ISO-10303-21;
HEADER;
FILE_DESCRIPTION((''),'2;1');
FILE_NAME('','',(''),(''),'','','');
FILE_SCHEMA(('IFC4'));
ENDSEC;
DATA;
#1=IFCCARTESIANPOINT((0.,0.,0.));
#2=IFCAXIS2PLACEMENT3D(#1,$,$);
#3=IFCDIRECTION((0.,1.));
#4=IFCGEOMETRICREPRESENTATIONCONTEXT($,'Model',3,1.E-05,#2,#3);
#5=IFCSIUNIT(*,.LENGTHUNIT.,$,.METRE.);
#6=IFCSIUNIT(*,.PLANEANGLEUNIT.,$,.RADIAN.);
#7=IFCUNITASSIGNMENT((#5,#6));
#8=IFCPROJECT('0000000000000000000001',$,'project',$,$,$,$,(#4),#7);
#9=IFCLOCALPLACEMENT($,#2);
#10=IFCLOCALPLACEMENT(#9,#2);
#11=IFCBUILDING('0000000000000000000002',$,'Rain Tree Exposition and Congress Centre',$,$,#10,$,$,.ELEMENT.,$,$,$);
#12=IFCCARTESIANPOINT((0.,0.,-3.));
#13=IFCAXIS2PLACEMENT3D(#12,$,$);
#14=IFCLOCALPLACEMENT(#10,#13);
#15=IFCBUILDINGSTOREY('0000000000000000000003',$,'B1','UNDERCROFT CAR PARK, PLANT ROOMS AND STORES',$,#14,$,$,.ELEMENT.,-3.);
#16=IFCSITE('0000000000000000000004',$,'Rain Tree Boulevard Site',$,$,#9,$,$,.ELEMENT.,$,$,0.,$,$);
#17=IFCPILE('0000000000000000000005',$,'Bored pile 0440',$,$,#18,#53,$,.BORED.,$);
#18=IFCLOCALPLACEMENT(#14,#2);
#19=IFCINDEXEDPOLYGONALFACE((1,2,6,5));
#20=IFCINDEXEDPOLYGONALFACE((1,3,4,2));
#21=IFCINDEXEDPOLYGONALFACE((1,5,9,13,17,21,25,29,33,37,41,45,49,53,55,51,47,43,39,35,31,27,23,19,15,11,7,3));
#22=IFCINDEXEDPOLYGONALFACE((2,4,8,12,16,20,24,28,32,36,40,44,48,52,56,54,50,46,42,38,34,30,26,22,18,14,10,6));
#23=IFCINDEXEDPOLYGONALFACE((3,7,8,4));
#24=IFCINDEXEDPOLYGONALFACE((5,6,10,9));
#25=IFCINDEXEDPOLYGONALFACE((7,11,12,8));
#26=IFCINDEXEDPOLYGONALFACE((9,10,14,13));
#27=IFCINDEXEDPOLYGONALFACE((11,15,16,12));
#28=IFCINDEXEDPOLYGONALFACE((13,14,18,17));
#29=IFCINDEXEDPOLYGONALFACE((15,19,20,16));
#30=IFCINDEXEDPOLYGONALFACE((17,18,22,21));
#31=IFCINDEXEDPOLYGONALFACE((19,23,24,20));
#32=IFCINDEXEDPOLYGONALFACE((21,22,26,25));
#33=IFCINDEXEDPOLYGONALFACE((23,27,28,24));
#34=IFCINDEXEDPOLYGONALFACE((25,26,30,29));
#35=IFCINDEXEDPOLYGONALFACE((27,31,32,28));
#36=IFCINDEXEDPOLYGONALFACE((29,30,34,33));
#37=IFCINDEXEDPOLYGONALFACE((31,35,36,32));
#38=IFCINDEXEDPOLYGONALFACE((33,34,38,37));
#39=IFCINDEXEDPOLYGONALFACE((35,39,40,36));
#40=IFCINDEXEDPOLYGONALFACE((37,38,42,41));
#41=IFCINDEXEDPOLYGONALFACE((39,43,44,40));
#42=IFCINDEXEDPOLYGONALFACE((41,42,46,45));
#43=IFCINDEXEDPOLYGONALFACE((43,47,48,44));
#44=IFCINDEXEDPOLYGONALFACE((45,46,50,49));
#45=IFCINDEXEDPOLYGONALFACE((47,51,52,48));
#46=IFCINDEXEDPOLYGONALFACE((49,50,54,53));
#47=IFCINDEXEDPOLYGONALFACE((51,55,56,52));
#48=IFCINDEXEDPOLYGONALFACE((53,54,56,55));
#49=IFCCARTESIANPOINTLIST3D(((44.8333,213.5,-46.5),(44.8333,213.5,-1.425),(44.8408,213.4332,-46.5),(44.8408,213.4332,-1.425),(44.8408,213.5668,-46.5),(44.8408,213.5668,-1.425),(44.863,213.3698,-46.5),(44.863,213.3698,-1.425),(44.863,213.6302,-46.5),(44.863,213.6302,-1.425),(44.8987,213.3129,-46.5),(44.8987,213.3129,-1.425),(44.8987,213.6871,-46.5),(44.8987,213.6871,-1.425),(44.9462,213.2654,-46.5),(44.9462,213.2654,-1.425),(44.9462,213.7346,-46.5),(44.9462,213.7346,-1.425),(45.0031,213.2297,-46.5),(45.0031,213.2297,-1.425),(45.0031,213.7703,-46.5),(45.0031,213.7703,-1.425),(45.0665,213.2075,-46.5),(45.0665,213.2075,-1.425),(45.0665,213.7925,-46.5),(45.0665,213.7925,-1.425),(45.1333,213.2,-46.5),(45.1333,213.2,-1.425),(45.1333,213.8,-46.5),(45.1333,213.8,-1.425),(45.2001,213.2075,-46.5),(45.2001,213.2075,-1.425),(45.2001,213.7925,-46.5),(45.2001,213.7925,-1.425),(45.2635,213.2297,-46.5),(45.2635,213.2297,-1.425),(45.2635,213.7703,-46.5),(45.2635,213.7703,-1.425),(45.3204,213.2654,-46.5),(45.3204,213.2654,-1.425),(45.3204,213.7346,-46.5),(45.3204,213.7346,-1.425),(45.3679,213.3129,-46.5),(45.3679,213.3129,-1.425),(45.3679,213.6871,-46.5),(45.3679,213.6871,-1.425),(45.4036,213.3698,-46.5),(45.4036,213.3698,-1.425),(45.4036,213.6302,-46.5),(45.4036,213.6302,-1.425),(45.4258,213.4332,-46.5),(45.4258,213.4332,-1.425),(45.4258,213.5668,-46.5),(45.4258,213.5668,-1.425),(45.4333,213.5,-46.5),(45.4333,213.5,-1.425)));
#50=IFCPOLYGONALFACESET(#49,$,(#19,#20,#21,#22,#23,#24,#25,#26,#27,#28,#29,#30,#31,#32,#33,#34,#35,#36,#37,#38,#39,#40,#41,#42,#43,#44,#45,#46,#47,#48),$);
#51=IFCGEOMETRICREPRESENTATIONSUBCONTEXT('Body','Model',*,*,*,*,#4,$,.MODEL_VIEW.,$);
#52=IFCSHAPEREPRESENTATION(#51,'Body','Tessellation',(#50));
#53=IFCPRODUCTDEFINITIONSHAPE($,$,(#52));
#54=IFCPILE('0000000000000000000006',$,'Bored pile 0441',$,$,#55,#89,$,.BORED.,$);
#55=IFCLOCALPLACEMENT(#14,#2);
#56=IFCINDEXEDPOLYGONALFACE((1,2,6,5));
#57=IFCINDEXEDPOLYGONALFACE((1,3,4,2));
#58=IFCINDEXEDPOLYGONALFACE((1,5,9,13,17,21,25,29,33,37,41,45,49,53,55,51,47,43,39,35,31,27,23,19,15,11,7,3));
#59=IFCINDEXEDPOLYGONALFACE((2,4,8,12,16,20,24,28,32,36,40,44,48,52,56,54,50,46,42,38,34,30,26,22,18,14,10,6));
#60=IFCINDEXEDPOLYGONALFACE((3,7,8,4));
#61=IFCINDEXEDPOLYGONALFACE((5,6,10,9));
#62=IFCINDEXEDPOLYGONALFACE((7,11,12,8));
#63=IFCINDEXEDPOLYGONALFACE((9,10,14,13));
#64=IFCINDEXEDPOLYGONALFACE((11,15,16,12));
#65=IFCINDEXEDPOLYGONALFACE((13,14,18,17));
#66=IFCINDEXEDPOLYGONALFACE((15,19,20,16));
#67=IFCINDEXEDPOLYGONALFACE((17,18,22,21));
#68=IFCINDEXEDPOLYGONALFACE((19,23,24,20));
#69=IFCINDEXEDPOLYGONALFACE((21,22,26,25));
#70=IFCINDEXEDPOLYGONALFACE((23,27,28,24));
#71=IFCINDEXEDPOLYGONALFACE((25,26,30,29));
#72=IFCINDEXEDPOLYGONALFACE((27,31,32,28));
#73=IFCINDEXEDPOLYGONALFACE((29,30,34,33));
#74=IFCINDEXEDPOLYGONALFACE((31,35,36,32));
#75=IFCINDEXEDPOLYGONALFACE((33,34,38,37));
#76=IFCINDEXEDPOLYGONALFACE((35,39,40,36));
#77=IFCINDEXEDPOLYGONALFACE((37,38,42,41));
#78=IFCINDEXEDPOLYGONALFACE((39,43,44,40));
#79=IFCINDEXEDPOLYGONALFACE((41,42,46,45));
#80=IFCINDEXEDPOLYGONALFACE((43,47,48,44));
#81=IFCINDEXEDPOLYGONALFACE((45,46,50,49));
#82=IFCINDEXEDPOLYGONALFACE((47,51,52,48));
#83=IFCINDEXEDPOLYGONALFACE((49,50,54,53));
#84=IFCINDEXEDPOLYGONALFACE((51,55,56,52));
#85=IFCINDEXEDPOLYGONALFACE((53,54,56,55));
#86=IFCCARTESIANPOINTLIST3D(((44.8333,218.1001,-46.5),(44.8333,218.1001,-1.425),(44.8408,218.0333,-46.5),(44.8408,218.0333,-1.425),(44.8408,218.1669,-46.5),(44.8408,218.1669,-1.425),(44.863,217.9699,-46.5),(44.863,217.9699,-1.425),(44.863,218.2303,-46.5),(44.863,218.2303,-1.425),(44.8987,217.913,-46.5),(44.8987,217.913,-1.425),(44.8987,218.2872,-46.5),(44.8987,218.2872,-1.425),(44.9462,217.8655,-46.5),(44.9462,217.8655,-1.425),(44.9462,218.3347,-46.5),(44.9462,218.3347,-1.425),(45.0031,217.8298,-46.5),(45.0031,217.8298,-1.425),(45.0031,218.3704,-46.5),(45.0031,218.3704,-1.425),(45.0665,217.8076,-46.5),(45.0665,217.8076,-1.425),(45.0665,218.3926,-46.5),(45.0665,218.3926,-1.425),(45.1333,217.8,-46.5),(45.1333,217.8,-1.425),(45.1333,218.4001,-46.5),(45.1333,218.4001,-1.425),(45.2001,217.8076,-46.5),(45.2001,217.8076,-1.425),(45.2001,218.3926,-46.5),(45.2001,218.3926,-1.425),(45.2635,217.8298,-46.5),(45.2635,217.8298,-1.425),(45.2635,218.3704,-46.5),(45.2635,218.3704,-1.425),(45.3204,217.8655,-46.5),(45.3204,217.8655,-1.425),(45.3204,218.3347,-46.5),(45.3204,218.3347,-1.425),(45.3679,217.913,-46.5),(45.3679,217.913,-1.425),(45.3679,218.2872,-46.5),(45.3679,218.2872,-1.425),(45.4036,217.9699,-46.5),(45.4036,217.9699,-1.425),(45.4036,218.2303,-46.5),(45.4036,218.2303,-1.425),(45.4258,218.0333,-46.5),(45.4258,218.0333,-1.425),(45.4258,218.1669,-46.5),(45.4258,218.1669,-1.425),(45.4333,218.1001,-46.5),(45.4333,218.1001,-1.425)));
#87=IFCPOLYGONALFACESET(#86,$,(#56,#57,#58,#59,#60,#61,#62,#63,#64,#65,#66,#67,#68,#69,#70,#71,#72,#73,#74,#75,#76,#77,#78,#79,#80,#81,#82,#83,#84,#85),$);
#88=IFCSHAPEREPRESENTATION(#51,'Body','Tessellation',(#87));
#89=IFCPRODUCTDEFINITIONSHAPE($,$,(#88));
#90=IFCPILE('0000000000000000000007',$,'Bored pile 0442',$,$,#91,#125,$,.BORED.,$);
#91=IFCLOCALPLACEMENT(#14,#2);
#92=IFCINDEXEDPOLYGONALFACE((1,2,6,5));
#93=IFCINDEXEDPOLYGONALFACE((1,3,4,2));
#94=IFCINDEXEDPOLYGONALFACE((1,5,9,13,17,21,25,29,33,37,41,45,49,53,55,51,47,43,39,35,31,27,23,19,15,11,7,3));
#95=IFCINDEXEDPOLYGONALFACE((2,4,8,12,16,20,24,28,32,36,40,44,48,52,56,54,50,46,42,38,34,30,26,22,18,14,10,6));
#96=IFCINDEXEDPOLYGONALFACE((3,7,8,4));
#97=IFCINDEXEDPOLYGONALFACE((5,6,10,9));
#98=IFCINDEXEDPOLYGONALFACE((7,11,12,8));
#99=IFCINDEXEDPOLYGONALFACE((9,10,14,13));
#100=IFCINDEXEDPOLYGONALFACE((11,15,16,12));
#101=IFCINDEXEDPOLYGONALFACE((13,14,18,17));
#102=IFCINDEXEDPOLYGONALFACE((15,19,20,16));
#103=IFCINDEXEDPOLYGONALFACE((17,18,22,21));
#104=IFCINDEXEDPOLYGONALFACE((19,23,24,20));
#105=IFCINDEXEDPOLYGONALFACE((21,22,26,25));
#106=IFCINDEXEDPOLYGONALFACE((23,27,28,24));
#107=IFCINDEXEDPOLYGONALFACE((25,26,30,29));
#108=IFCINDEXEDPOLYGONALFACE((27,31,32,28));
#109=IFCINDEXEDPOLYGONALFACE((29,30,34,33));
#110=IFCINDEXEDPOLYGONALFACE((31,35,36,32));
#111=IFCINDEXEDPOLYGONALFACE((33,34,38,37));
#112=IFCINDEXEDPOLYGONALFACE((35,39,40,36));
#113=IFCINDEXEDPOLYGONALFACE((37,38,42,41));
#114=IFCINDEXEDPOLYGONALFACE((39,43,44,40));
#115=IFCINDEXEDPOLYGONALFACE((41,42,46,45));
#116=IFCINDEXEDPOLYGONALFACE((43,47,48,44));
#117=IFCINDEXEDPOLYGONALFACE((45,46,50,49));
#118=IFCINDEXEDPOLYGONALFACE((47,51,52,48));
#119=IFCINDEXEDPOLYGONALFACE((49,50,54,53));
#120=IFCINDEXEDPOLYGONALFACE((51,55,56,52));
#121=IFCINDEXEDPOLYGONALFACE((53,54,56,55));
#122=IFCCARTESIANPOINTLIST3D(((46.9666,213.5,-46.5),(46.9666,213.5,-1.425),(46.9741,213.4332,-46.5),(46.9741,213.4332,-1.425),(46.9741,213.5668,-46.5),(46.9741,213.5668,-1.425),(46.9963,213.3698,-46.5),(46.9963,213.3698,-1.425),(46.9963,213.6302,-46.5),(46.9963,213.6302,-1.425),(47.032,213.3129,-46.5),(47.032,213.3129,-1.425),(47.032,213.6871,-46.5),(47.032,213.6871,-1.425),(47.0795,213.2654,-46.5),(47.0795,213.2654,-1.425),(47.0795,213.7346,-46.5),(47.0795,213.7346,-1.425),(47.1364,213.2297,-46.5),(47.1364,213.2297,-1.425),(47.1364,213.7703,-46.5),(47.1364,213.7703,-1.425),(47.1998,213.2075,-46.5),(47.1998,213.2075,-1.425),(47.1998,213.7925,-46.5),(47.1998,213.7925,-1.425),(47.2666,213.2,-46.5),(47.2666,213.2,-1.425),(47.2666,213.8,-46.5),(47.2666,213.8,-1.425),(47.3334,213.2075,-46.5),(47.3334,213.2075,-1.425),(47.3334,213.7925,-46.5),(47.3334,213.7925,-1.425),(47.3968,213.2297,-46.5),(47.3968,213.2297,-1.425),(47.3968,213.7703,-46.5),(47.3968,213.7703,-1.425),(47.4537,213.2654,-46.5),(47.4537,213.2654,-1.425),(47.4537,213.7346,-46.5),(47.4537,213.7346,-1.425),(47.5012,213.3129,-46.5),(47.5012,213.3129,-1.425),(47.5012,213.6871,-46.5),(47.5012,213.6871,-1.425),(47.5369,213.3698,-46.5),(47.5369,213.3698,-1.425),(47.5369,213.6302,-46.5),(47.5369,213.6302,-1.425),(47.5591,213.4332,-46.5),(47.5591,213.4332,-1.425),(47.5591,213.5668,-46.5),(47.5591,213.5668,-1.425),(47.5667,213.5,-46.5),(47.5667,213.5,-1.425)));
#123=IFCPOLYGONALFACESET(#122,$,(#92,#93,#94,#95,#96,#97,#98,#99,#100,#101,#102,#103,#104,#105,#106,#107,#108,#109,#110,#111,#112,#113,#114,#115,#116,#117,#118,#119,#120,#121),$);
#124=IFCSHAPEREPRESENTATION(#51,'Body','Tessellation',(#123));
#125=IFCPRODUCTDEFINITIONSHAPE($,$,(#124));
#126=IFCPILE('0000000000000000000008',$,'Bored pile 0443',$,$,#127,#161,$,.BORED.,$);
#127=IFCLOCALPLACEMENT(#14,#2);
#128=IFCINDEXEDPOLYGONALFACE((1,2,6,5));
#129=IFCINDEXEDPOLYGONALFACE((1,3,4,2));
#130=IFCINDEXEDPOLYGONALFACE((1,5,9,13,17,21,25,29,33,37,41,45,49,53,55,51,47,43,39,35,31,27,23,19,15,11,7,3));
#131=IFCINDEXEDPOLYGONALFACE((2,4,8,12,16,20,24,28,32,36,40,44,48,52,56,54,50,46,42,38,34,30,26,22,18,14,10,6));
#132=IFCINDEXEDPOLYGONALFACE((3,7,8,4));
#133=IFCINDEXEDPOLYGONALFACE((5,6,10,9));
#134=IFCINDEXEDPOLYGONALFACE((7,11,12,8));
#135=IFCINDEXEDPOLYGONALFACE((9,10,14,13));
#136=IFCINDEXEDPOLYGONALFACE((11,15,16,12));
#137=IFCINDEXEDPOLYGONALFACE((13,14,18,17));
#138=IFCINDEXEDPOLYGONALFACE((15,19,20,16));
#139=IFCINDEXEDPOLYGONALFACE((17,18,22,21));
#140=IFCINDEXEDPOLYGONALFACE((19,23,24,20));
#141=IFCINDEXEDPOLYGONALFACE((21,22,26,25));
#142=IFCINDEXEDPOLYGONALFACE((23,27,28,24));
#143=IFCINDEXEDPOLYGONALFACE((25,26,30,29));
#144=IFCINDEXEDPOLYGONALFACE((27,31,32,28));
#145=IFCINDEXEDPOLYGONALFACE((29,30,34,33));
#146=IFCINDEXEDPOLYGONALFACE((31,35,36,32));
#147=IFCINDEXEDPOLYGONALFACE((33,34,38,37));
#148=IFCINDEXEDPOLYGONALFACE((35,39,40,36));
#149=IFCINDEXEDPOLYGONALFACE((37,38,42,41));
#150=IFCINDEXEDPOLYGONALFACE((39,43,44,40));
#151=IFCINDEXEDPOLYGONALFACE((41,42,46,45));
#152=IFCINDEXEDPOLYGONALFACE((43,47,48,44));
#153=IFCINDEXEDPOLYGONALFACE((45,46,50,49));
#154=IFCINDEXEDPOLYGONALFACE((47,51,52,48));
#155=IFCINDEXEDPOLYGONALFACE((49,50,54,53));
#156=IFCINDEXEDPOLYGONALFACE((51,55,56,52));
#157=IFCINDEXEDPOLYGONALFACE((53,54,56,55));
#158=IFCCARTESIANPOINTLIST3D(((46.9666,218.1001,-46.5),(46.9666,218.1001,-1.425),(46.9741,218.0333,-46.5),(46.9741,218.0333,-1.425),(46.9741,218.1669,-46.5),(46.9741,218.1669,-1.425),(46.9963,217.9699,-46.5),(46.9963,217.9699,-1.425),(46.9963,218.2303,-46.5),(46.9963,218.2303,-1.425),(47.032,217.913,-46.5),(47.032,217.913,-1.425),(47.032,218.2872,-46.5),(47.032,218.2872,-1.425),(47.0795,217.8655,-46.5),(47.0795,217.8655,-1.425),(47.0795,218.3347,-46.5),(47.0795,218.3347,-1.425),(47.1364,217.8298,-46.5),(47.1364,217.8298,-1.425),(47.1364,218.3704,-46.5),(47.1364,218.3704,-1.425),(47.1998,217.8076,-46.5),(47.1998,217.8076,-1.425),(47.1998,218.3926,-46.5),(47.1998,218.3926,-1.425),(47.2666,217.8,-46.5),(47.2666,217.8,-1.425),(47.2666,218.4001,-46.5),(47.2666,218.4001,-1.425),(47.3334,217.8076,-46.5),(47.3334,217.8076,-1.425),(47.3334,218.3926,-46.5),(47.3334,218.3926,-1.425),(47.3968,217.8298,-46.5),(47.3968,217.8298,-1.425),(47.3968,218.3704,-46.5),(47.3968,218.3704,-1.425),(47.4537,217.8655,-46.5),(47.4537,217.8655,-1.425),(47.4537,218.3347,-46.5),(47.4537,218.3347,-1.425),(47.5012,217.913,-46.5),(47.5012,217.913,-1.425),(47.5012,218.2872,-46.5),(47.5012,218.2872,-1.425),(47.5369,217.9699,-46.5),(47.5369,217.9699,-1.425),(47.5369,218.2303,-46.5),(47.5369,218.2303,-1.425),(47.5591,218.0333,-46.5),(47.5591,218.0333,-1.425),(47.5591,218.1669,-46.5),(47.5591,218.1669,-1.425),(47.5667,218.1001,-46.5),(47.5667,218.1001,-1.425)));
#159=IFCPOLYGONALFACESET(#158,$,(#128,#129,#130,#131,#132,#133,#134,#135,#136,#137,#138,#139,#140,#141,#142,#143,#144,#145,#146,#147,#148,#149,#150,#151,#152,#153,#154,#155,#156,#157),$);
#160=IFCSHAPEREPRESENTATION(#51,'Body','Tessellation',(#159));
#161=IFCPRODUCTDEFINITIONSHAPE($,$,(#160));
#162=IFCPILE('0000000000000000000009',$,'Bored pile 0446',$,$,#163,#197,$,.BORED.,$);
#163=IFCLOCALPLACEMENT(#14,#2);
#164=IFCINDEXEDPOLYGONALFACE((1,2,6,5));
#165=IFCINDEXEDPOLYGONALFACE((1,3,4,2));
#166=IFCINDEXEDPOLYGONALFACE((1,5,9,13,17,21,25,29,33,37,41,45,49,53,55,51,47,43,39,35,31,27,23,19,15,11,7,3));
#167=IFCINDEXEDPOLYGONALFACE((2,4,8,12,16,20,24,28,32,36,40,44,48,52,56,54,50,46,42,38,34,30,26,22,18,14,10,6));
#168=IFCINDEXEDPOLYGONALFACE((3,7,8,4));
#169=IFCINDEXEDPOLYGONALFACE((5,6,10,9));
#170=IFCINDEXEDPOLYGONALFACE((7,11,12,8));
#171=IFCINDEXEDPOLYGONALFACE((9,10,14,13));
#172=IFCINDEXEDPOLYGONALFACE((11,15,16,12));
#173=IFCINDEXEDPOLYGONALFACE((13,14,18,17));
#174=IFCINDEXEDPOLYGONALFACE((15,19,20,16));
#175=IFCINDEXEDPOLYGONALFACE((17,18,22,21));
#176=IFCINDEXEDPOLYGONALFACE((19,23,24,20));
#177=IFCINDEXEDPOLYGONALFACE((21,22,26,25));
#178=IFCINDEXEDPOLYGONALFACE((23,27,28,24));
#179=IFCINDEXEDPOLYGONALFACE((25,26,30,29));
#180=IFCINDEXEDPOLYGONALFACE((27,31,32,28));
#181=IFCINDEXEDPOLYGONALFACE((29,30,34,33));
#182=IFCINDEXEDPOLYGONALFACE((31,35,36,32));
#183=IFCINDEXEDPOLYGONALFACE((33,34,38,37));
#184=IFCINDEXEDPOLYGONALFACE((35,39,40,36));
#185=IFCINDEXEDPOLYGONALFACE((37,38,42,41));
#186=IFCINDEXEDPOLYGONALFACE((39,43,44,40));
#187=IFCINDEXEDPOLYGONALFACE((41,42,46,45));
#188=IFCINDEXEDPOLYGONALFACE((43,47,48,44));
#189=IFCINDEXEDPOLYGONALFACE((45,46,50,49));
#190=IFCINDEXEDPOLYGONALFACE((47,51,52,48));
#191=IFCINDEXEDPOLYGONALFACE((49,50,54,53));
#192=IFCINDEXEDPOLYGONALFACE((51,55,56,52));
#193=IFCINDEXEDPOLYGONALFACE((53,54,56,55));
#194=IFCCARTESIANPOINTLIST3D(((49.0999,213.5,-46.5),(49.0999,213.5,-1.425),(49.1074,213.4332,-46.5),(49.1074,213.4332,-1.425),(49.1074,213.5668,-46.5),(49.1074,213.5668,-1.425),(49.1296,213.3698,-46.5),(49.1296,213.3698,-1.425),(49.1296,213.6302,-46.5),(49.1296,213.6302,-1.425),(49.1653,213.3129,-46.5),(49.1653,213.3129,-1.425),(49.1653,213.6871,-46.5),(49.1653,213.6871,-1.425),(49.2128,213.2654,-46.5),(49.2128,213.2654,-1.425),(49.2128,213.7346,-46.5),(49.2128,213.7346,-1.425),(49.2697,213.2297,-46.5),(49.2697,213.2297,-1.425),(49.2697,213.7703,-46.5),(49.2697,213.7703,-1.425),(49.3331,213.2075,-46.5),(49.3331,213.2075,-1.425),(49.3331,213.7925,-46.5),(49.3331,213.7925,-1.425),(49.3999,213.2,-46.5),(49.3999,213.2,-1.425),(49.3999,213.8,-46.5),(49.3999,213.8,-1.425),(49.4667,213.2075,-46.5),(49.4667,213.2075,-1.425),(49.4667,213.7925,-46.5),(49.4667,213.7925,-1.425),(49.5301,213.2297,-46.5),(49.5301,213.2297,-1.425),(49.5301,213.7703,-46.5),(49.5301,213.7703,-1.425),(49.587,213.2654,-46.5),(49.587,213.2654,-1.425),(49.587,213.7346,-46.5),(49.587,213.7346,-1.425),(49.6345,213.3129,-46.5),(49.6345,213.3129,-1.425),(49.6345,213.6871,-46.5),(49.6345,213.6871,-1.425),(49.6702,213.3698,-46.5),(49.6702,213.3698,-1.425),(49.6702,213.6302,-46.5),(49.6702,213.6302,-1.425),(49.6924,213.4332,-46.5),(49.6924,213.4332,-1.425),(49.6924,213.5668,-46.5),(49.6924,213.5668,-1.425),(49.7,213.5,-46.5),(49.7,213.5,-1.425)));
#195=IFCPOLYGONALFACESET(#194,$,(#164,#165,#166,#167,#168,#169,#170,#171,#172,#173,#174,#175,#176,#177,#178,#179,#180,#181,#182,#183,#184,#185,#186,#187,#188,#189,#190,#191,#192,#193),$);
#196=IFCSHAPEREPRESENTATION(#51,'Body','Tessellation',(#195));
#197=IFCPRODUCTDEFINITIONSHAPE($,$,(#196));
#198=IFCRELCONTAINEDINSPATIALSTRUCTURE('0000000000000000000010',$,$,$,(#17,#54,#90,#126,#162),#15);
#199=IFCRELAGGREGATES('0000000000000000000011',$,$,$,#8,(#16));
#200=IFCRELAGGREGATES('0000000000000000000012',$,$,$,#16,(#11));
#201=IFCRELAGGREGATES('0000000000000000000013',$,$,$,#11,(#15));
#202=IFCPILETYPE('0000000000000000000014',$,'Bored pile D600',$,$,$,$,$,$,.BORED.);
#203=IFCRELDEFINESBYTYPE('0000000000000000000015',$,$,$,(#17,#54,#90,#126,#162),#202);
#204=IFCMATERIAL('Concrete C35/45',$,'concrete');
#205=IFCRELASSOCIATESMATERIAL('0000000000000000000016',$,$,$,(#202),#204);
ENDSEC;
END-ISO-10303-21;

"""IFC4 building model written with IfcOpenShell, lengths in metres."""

from ifc_helpers import new_model, si_unit, direction, frame, origin, origin_2d, place, context, subcontext, project, spatial, circle, extrude, material, material_profile, profile_set, type_object, element, save


model = new_model("IFC4")

# Units and contexts
model_context = context("Model", 3, precision=1e-05, world=origin(), true_north=direction((0.0, 1.0)))
body_context = subcontext(model_context, "Body", "Model", "MODEL_VIEW")
ifc_project = project(units=[si_unit("LENGTHUNIT", "METRE"), si_unit("PLANEANGLEUNIT", "RADIAN")], contexts=[model_context])

# Site, building, storey
site_placement = place(None, origin())
site = spatial("IfcSite", under=ifc_project, at=site_placement, Name="Rain Tree Boulevard Site", CompositionType="ELEMENT", RefElevation=0.0)
building_placement = place(site_placement, origin())
building = spatial("IfcBuilding", under=site, at=building_placement, Name="Rain Tree Exposition and Congress Centre", CompositionType="ELEMENT")
storey_placement = place(building_placement, frame((0.0, 0.0, -3.0)))
storey = spatial("IfcBuildingStorey", under=building, at=storey_placement, Name="B1", Description="UNDERCROFT CAR PARK, PLANT ROOMS AND STORES", CompositionType="ELEMENT", Elevation=-3.0)

# Piles
ifc_material_1 = material(Name="Concrete C35/45", Category="concrete")
ifc_material_profile_1 = material_profile(ifc_material_1, circle(Radius=0.3, at=origin_2d()), Name="D600")
ifc_profile_set_1 = profile_set([ifc_material_profile_1], Name="Concrete C35/45")
pile_type_1 = type_object("IfcPileType", Name="Bored pile D600", PredefinedType="BORED", material=ifc_profile_set_1)
for number, where, z_axis, x_axis, name in (
    (1, (45.1333, 213.5, -1.425), (0.0, 0.0, -1.0), (1.0, 0.0, 0.0), "Bored pile 0440"),
    (2, (45.1333, 218.1001, -1.425), (0.0, 0.0, -1.0), (1.0, 0.0, 0.0), "Bored pile 0441"),
    (3, (47.2666, 213.5, -1.425), (0.0, 0.0, -1.0), (1.0, 0.0, 0.0), "Bored pile 0442"),
    (4, (47.2666, 218.1001, -1.425), (0.0, 0.0, -1.0), (1.0, 0.0, 0.0), "Bored pile 0443"),
    (5, (49.3999, 213.5, -1.425), (0.0, 0.0, -1.0), (1.0, 0.0, 0.0), "Bored pile 0446"),
):
    element("IfcPile", number, at=place(storey_placement, frame(where, z_axis=z_axis, x_axis=x_axis)), inside=storey, type_object=pile_type_1, Name=name, PredefinedType="BORED", context=body_context, shape_type="SweptSolid", body=[
        extrude(circle(Radius=0.3, at=origin_2d()), origin(), (0.0, 0.0, 1.0), 45.075),
    ])

save(model, "model.ifc")
